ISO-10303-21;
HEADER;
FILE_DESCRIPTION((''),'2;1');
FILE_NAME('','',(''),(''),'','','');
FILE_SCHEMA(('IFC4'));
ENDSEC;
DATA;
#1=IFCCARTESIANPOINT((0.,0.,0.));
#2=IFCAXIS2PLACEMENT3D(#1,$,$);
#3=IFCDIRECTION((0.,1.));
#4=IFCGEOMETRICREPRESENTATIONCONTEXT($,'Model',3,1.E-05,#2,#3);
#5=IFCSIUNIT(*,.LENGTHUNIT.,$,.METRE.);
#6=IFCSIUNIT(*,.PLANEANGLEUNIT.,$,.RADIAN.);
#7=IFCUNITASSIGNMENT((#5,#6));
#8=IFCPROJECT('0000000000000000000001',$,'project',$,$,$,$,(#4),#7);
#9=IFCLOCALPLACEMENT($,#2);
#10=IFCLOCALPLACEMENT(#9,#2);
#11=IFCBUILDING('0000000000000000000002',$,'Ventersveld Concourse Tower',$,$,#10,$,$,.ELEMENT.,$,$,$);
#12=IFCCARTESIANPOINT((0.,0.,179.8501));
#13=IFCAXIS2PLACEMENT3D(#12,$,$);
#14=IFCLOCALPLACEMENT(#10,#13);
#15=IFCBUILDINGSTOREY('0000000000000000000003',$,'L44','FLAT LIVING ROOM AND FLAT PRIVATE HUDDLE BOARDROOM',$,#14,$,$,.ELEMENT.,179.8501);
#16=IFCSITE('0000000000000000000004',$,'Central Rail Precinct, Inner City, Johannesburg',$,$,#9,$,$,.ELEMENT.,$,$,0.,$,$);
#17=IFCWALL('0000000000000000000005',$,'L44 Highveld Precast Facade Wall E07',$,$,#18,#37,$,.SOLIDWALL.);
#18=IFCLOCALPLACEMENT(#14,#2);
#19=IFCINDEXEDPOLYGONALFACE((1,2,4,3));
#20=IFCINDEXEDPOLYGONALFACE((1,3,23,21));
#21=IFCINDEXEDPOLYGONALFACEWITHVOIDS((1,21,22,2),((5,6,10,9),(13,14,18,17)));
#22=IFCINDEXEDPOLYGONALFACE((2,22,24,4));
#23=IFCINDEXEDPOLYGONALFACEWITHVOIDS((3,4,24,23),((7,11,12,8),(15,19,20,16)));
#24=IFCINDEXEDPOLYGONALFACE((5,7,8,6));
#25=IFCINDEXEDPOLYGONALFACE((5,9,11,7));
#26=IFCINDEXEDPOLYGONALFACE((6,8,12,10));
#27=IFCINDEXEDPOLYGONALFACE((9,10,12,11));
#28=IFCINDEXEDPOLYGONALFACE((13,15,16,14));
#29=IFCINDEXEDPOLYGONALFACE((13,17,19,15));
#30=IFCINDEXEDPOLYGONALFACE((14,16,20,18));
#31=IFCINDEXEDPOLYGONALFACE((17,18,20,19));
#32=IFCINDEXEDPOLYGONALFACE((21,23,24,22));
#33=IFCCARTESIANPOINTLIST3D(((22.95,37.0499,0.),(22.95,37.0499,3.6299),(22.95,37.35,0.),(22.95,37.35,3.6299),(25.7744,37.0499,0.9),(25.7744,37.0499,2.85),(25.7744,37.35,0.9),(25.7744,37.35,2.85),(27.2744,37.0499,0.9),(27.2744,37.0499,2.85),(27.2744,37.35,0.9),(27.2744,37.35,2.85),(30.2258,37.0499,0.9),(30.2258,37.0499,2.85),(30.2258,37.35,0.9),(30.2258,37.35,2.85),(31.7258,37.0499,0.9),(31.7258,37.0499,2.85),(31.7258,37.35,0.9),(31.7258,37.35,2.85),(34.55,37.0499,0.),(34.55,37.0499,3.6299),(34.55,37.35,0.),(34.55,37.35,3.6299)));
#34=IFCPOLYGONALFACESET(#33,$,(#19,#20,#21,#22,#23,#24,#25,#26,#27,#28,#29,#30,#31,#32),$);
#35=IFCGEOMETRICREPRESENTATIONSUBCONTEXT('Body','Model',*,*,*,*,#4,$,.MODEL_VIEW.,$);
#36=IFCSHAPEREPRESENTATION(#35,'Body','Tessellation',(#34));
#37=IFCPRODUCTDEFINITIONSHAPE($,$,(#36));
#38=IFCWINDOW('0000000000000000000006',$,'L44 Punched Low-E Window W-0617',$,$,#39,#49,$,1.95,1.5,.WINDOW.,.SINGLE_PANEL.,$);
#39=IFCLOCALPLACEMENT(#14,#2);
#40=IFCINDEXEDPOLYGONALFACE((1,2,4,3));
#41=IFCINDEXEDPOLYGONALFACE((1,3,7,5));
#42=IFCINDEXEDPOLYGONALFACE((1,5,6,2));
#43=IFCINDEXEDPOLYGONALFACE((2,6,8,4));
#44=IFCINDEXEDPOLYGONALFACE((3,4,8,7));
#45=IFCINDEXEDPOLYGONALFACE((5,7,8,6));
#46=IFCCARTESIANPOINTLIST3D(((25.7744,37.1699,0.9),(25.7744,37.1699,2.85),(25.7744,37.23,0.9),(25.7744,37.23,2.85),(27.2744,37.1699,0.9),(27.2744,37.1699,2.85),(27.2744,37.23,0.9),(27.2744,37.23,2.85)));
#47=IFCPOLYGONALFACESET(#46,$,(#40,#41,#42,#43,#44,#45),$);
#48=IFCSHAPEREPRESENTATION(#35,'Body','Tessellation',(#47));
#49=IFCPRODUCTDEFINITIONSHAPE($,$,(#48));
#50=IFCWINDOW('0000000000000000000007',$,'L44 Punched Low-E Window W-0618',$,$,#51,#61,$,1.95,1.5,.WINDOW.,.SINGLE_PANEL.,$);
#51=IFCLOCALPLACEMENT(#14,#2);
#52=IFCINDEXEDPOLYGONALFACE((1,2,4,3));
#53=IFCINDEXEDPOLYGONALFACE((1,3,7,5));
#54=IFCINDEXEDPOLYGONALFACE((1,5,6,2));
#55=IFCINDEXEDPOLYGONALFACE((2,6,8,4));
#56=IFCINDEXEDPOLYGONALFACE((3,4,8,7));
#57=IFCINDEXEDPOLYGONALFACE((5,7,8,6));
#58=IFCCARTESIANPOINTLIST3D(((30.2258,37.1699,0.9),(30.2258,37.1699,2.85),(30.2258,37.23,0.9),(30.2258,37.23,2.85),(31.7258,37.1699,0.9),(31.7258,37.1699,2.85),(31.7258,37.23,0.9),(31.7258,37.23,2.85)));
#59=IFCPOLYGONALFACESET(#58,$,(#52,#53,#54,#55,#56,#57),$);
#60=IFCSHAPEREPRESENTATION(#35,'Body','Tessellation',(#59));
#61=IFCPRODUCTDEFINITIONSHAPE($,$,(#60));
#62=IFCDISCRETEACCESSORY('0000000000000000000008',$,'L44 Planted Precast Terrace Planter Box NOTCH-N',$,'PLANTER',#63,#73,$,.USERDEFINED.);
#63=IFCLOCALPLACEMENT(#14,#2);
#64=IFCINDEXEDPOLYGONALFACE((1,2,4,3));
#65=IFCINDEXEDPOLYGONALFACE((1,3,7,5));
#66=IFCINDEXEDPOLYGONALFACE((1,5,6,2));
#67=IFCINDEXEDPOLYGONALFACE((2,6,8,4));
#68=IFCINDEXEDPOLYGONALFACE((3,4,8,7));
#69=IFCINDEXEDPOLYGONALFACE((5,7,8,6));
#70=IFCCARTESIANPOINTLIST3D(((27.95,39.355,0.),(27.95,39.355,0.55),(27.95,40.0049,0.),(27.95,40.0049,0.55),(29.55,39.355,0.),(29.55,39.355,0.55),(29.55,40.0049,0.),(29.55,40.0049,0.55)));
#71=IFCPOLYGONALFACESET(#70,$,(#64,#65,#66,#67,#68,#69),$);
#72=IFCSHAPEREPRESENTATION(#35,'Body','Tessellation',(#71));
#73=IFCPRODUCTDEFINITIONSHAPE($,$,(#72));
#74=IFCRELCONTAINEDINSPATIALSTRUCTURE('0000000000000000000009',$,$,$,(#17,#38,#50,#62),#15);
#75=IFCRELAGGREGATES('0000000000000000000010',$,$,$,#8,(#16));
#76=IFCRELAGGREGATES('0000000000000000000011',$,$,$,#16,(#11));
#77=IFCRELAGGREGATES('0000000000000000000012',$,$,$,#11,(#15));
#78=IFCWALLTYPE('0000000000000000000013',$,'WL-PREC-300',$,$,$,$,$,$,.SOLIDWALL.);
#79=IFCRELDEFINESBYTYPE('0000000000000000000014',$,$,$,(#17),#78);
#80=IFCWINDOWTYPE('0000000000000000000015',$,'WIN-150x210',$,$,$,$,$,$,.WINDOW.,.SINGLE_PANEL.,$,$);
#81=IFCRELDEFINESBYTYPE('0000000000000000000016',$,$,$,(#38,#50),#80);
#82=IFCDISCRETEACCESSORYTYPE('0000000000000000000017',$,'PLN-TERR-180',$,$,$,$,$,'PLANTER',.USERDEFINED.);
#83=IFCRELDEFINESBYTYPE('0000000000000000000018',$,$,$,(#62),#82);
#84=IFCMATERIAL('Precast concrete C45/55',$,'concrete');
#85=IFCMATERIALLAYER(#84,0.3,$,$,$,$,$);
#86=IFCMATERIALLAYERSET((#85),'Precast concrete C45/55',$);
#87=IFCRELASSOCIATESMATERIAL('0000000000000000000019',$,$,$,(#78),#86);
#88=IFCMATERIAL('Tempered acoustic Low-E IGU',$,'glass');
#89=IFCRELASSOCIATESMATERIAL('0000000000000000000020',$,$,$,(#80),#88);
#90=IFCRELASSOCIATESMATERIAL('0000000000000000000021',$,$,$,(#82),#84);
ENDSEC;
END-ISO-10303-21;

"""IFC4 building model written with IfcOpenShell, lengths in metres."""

from ifc_helpers import new_model, si_unit, direction, frame, frame_2d, origin, origin_2d, place, context, subcontext, project, spatial, rectangle, extrude, material, layer, layer_set, type_object, element, fill, save


model = new_model("IFC4")

# Units and contexts
model_context = context("Model", 3, precision=1e-05, world=origin(), true_north=direction((0.0, 1.0)))
body_context = subcontext(model_context, "Body", "Model", "MODEL_VIEW")
ifc_project = project(units=[si_unit("LENGTHUNIT", "METRE"), si_unit("PLANEANGLEUNIT", "RADIAN")], contexts=[model_context])

# Site, building, storey
site_placement = place(None, origin())
site = spatial("IfcSite", under=ifc_project, at=site_placement, Name="Central Rail Precinct, Inner City, Johannesburg", CompositionType="ELEMENT", RefElevation=0.0)
building_placement = place(site_placement, origin())
building = spatial("IfcBuilding", under=site, at=building_placement, Name="Ventersveld Concourse Tower", CompositionType="ELEMENT")
storey_placement = place(building_placement, frame((0.0, 0.0, 179.8501)))
storey = spatial("IfcBuildingStorey", under=building, at=storey_placement, Name="L44", Description="FLAT LIVING ROOM AND FLAT PRIVATE HUDDLE BOARDROOM", CompositionType="ELEMENT", Elevation=179.8501)

# Shared definitions
ifc_material_1 = material(Name="Precast concrete C45/55", Category="concrete")
ifc_layer_1 = layer(ifc_material_1, 0.3)
ifc_layer_set_1 = layer_set([ifc_layer_1], Name="Precast concrete C45/55")
wall_type_1 = type_object("IfcWallType", Name="WL-PREC-300", PredefinedType="SOLIDWALL", material=ifc_layer_set_1)

# Wall, openings, windows
wall_1_placement = place(storey_placement, frame((34.55, 37.2, 0.0), z_axis=(0.0, 0.0, 1.0), x_axis=(-1.0, 0.0, 0.0)))
wall_1 = element("IfcWall", 1, at=wall_1_placement, inside=storey, type_object=wall_type_1, Name="L44 Highveld Precast Facade Wall E07", PredefinedType="SOLIDWALL", context=body_context, shape_type="SweptSolid", body=[
    extrude(rectangle(XDim=11.6001, YDim=0.3, at=frame_2d((5.8, 0.0))), origin(), (0.0, 0.0, 1.0), 3.6299),
])
opening_1_placement = place(wall_1_placement, frame((7.2756, 0.0, 0.8999)))
opening_1 = element("IfcOpeningElement", 2, at=opening_1_placement, cuts=wall_1, PredefinedType="OPENING", context=body_context, shape_type="SweptSolid", body=[
    extrude(rectangle(XDim=1.5, YDim=1.95, at=frame_2d((0.75, 0.9751))), frame((0.0, 0.1602, 0.0), z_axis=(0.0, -1.0, 0.0), x_axis=(1.0, 0.0, 0.0)), (0.0, 0.0, 1.0), 0.3201),
])
opening_2_placement = place(wall_1_placement, frame((2.8242, 0.0, 0.8999)))
opening_2 = element("IfcOpeningElement", 3, at=opening_2_placement, cuts=wall_1, PredefinedType="OPENING", context=body_context, shape_type="SweptSolid", body=[
    extrude(rectangle(XDim=1.5, YDim=1.95, at=frame_2d((0.75, 0.9751))), frame((0.0, 0.1602, 0.0), z_axis=(0.0, -1.0, 0.0), x_axis=(1.0, 0.0, 0.0)), (0.0, 0.0, 1.0), 0.3201),
])
ifc_material_2 = material(Name="Tempered acoustic Low-E IGU", Category="glass")
window_type = type_object("IfcWindowType", Name="WIN-150x210", PartitioningType="SINGLE_PANEL", PredefinedType="WINDOW", material=ifc_material_2)
window_1_placement = place(opening_1_placement, origin())
window_1 = element("IfcWindow", 4, at=window_1_placement, inside=storey, type_object=window_type, Name="L44 Punched Low-E Window W-0617", OverallHeight=1.95, OverallWidth=1.5, PartitioningType="SINGLE_PANEL", PredefinedType="WINDOW", context=body_context, shape_type="SweptSolid", body=[
    extrude(rectangle(XDim=1.5, YDim=1.95, at=frame_2d((0.75, 0.9751))), frame((0.0, 0.03, 0.0), z_axis=(0.0, -1.0, 0.0), x_axis=(1.0, 0.0, 0.0)), (0.0, 0.0, 1.0), 0.0601),
])
fill(opening_1, window_1)
window_2_placement = place(opening_2_placement, origin())
window_2 = element("IfcWindow", 5, at=window_2_placement, inside=storey, type_object=window_type, Name="L44 Punched Low-E Window W-0618", OverallHeight=1.95, OverallWidth=1.5, PartitioningType="SINGLE_PANEL", PredefinedType="WINDOW", context=body_context, shape_type="SweptSolid", body=[
    extrude(rectangle(XDim=1.5, YDim=1.95, at=frame_2d((0.75, 0.9751))), frame((0.0, 0.03, 0.0), z_axis=(0.0, -1.0, 0.0), x_axis=(1.0, 0.0, 0.0)), (0.0, 0.0, 1.0), 0.0601),
])
fill(opening_2, window_2)

# Discrete accessory
discrete_accessory_type = type_object("IfcDiscreteAccessoryType", Name="PLN-TERR-180", ElementType="PLANTER", PredefinedType="USERDEFINED", material=ifc_material_1)
discrete_accessory_placement = place(storey_placement, frame((28.75, 39.6799, 0.0), z_axis=(0.0, 0.0, 1.0), x_axis=(1.0, 0.0, 0.0)))
element("IfcDiscreteAccessory", 6, at=discrete_accessory_placement, inside=storey, type_object=discrete_accessory_type, Name="L44 Planted Precast Terrace Planter Box NOTCH-N", ObjectType="PLANTER", PredefinedType="USERDEFINED", context=body_context, shape_type="SweptSolid", body=[
    extrude(rectangle(XDim=1.6001, YDim=0.6499, at=origin_2d()), origin(), (0.0, 0.0, 1.0), 0.55),
])

save(model, "model.ifc")
